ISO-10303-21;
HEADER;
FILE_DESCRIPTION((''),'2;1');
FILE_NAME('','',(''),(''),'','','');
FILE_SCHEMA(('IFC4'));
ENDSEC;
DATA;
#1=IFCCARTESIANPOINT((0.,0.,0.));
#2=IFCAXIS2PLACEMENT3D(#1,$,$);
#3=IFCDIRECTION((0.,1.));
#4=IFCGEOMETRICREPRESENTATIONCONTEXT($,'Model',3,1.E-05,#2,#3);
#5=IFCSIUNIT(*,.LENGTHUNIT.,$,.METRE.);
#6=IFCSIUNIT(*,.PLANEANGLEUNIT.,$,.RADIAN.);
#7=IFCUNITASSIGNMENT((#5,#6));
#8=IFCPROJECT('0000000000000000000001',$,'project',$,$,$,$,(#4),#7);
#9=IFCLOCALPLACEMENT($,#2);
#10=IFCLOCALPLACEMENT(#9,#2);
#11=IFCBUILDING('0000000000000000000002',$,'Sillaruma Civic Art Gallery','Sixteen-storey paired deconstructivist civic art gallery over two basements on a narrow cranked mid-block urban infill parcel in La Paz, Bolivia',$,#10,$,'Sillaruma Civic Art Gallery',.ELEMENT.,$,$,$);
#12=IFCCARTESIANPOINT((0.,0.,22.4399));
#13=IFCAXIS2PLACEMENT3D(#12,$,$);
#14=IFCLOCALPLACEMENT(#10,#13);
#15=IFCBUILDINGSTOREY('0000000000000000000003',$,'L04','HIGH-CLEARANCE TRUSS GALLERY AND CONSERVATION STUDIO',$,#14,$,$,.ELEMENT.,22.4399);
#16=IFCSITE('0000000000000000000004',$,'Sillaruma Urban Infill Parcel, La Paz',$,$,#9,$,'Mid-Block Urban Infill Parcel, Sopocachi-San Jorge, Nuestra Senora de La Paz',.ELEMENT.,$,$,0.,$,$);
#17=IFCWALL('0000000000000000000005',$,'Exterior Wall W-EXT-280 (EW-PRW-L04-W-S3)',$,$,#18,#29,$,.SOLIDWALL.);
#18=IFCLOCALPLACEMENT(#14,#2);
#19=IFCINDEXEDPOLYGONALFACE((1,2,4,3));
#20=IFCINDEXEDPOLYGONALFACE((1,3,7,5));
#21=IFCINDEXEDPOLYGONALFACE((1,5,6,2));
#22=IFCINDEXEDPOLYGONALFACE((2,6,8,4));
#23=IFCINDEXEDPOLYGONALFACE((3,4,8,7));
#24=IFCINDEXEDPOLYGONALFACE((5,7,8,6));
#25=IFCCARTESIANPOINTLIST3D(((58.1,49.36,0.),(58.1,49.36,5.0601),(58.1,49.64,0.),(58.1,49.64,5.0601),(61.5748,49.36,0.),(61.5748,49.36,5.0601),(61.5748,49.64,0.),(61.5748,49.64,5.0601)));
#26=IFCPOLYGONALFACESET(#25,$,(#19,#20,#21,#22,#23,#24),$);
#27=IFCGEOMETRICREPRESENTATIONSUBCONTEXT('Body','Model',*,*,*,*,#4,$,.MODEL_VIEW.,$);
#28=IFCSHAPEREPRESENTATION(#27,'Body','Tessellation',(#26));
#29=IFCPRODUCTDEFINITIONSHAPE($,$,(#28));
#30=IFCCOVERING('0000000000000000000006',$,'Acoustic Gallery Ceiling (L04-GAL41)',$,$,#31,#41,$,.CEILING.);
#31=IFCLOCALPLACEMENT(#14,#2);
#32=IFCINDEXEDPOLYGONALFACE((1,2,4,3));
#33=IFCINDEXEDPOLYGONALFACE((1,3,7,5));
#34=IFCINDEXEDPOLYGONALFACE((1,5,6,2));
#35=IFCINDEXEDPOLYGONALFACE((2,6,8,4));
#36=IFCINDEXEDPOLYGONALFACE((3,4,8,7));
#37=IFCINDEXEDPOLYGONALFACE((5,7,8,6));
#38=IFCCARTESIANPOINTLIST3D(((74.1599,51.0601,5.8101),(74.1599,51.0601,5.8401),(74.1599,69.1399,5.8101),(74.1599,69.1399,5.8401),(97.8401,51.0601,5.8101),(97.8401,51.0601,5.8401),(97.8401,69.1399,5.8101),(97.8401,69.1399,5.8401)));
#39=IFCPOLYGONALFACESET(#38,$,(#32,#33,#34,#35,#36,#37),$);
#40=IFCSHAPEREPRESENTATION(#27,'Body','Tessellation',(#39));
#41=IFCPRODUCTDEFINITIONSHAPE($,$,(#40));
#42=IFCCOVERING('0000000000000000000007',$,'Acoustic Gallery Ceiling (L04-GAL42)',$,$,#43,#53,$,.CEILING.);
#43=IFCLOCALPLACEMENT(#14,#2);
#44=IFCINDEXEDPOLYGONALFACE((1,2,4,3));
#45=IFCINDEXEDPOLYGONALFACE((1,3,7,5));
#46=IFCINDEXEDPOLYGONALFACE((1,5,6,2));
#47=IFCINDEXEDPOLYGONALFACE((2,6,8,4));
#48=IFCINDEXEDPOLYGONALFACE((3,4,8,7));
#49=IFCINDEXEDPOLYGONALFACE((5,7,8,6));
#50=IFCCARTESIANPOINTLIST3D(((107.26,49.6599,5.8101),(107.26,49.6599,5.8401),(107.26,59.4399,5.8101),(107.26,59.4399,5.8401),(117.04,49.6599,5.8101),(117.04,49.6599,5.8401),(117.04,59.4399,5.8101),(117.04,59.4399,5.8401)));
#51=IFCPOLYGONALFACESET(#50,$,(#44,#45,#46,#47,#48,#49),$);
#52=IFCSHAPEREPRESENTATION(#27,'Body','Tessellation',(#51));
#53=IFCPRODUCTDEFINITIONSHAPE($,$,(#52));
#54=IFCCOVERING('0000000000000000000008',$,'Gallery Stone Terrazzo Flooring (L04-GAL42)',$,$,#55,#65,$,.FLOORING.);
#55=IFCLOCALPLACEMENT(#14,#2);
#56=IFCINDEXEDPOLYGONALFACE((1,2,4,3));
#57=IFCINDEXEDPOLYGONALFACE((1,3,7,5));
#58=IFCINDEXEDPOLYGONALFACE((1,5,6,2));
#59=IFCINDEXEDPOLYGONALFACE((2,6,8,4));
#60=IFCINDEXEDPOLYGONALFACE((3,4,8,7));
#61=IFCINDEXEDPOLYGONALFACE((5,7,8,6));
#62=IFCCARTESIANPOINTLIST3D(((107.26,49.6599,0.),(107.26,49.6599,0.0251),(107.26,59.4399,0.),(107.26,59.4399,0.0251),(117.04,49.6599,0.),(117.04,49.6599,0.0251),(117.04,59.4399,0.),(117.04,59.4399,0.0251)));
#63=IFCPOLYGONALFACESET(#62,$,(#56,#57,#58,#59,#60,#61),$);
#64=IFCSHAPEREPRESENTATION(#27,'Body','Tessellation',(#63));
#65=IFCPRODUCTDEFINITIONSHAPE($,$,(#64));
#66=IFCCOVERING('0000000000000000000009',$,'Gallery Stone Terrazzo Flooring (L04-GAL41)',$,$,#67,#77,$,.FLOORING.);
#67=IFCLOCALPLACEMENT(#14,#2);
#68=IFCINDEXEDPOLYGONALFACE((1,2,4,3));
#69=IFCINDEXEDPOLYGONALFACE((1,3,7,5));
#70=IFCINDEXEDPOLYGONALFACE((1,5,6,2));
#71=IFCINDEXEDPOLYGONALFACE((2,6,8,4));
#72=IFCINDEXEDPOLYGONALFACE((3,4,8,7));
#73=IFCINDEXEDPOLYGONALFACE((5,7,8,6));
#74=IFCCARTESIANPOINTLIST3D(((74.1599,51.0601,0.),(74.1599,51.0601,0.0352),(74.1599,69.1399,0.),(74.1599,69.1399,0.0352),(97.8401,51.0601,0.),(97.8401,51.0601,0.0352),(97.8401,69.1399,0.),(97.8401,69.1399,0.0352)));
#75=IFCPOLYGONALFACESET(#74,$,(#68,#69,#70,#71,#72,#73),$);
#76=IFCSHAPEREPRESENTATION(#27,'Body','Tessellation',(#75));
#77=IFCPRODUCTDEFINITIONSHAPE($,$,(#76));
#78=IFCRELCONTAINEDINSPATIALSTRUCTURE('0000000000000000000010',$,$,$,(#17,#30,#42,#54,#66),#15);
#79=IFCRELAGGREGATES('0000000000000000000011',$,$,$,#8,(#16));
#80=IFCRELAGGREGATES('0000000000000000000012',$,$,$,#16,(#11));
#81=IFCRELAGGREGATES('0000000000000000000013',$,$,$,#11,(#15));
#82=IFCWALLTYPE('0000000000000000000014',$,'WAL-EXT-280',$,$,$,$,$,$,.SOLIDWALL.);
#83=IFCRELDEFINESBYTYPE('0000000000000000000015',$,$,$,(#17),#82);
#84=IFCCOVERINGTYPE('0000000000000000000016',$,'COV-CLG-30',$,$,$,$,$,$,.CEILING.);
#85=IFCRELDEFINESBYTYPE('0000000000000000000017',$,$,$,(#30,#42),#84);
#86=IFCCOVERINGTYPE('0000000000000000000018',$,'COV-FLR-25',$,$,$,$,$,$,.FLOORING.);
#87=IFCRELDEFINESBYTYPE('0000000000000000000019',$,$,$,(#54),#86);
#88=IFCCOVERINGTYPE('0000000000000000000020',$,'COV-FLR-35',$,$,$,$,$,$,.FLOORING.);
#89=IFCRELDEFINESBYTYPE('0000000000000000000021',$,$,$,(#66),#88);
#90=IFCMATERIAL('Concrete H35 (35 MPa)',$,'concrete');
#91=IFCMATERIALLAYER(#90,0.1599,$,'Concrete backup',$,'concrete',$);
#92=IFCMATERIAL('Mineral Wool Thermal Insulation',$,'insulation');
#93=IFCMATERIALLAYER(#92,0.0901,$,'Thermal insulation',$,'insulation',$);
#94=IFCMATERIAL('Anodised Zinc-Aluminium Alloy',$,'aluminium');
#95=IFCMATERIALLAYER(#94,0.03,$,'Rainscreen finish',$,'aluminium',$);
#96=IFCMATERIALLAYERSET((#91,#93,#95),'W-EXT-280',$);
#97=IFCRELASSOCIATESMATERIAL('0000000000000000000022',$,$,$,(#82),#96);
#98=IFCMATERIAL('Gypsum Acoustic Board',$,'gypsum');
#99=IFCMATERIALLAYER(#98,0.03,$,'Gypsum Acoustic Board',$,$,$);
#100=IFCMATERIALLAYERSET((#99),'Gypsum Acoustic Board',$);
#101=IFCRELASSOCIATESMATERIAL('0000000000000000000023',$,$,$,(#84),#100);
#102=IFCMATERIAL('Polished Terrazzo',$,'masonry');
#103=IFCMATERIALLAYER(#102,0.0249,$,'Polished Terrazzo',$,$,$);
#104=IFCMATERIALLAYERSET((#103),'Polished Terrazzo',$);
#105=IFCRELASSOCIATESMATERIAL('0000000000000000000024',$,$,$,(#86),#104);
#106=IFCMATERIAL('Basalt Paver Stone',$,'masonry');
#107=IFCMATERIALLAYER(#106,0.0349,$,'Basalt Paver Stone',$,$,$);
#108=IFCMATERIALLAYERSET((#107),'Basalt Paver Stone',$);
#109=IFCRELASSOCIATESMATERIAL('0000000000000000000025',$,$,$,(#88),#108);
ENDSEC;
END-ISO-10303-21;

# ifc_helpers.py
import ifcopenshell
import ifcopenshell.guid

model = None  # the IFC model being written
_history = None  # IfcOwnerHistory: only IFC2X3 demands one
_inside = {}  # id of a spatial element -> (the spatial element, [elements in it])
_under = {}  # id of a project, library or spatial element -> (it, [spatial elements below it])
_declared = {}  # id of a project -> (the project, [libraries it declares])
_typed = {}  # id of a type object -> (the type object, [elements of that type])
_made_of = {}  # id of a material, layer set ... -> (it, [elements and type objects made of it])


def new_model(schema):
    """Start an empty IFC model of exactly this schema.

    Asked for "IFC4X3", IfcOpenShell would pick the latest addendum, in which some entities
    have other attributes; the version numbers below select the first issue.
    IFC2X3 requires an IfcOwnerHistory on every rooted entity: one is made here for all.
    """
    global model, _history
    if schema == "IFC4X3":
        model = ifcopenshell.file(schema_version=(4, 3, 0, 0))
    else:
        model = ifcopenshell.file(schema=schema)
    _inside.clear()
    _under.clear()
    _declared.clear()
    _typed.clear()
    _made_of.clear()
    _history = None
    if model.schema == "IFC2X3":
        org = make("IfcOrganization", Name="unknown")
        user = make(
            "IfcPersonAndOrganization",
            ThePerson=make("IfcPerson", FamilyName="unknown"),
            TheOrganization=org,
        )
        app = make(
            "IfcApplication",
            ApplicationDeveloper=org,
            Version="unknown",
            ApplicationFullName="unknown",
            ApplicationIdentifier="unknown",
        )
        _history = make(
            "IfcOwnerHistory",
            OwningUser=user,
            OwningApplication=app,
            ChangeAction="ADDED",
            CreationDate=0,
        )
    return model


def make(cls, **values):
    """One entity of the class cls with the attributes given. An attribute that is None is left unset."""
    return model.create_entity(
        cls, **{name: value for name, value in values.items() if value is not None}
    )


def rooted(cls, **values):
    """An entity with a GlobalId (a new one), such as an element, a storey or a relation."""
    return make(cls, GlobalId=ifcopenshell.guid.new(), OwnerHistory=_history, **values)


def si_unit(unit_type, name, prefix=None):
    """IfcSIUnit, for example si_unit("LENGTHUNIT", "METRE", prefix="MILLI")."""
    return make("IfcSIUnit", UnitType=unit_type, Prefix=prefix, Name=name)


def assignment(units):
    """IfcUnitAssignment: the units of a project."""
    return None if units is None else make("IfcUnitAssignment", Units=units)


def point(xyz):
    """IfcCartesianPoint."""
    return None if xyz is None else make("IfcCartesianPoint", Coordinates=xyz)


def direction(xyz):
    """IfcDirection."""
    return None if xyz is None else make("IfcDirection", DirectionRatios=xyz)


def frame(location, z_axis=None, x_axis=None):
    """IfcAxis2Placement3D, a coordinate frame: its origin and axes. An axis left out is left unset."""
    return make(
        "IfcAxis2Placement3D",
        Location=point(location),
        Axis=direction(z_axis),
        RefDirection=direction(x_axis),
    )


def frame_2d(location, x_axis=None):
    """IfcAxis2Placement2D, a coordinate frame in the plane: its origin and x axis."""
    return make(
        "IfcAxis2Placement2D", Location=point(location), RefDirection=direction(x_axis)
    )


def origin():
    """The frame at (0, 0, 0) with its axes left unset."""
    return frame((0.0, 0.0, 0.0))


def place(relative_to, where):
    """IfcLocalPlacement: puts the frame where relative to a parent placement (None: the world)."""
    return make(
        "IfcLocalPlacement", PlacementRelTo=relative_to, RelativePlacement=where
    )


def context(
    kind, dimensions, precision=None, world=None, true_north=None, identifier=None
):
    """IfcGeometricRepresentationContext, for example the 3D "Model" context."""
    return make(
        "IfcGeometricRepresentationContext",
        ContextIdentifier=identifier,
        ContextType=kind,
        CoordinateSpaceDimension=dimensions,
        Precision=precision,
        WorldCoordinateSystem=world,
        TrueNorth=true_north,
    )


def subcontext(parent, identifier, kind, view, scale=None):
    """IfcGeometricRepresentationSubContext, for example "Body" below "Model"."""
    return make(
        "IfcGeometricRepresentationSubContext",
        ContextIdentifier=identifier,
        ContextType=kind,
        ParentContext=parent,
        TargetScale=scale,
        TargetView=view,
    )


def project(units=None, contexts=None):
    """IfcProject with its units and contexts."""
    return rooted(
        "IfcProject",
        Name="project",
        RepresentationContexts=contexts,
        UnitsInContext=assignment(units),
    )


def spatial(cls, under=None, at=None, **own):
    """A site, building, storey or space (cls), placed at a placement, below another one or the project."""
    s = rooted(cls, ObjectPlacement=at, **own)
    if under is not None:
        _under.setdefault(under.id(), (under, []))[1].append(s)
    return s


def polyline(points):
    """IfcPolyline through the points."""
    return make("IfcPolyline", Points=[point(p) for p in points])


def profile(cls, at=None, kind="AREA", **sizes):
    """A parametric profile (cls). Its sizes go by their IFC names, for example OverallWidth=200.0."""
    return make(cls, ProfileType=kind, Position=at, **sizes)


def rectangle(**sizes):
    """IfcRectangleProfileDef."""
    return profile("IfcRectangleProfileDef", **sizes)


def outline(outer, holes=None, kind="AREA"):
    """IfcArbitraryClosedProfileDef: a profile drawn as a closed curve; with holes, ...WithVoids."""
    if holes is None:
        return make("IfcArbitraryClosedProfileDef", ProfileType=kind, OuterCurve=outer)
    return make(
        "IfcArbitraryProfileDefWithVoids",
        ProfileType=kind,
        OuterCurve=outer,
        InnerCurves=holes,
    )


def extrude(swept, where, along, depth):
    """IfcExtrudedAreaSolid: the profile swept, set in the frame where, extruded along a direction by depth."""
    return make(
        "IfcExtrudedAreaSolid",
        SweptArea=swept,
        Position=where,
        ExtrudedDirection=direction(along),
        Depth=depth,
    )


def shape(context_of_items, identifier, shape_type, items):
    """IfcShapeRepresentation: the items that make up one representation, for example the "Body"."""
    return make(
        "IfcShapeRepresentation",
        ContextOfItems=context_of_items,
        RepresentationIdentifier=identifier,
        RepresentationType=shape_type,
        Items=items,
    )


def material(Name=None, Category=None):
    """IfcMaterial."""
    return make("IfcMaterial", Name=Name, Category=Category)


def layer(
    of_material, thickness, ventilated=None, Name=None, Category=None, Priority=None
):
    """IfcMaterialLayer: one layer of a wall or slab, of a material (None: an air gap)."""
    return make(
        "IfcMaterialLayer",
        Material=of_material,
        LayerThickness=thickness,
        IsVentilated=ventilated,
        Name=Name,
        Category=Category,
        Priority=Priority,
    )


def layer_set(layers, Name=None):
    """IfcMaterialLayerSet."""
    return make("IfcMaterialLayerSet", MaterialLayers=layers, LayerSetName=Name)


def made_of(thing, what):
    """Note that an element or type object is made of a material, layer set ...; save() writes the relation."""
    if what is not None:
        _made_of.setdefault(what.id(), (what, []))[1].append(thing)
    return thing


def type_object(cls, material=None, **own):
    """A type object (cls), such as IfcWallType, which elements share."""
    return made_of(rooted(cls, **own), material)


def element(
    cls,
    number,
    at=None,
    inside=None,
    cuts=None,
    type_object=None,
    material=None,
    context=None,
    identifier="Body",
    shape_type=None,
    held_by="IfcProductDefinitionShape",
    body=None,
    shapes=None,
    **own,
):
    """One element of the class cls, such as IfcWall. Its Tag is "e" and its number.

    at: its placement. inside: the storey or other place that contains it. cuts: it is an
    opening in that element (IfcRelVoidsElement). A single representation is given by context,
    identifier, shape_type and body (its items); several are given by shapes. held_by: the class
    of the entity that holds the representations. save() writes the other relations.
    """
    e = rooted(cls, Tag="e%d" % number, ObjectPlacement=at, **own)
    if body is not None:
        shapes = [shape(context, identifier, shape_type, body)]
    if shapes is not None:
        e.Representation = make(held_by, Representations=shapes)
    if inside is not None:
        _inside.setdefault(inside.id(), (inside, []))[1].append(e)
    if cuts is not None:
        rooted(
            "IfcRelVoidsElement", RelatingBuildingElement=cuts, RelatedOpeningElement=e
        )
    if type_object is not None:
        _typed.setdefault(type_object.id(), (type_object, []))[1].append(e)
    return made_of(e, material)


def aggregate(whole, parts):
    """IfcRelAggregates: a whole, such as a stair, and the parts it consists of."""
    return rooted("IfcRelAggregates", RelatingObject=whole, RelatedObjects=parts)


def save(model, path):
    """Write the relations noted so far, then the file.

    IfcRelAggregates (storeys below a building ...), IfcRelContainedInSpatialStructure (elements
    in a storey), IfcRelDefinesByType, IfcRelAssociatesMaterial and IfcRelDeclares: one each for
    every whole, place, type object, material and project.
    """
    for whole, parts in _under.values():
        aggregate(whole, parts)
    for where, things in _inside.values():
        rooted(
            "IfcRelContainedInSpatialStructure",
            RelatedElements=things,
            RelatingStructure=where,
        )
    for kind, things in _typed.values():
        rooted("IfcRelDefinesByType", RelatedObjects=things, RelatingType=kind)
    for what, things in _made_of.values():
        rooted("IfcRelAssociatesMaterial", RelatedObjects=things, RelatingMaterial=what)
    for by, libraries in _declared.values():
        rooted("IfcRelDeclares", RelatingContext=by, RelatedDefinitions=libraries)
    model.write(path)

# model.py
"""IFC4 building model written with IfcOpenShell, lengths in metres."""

from ifc_helpers import new_model, si_unit, direction, frame, frame_2d, origin, place, context, subcontext, project, spatial, polyline, rectangle, outline, extrude, material, layer, layer_set, type_object, element, save


model = new_model("IFC4")

# Units and contexts
model_context = context("Model", 3, precision=1e-05, world=origin(), true_north=direction((0.0, 1.0)))
body_context = subcontext(model_context, "Body", "Model", "MODEL_VIEW")
ifc_project = project(units=[si_unit("LENGTHUNIT", "METRE"), si_unit("PLANEANGLEUNIT", "RADIAN")], contexts=[model_context])

# Site, building, storey
site_placement = place(None, origin())
site = spatial("IfcSite", under=ifc_project, at=site_placement, Name="Sillaruma Urban Infill Parcel, La Paz", LongName="Mid-Block Urban Infill Parcel, Sopocachi-San Jorge, Nuestra Senora de La Paz", CompositionType="ELEMENT", RefElevation=0.0)
building_placement = place(site_placement, origin())
building = spatial("IfcBuilding", under=site, at=building_placement, Name="Sillaruma Civic Art Gallery", Description="Sixteen-storey paired deconstructivist civic art gallery over two basements on a narrow cranked mid-block urban infill parcel in La Paz, Bolivia", LongName="Sillaruma Civic Art Gallery", CompositionType="ELEMENT")
storey_placement = place(building_placement, frame((0.0, 0.0, 22.4399)))
storey = spatial("IfcBuildingStorey", under=building, at=storey_placement, Name="L04", Description="HIGH-CLEARANCE TRUSS GALLERY AND CONSERVATION STUDIO", CompositionType="ELEMENT", Elevation=22.4399)

# Shared definitions
ifc_material_1 = material(Name="Concrete H35 (35 MPa)", Category="concrete")

# Shared definitions
ifc_material_2 = material(Name="Anodised Zinc-Aluminium Alloy", Category="aluminium")

# Wall
ifc_layer_1 = layer(ifc_material_1, 0.1599, Name="Concrete backup", Category="concrete")
ifc_material_3 = material(Name="Mineral Wool Thermal Insulation", Category="insulation")
ifc_layer_2 = layer(ifc_material_3, 0.0901, Name="Thermal insulation", Category="insulation")
ifc_layer_3 = layer(ifc_material_2, 0.03, Name="Rainscreen finish", Category="aluminium")
ifc_layer_set_1 = layer_set([ifc_layer_1, ifc_layer_2, ifc_layer_3], Name="W-EXT-280")
wall_type = type_object("IfcWallType", Name="WAL-EXT-280", PredefinedType="SOLIDWALL", material=ifc_layer_set_1)
wall_placement = place(storey_placement, frame((58.1001, 49.5, 0.0), z_axis=(0.0, 0.0, 1.0), x_axis=(1.0, 0.0, 0.0)))
element("IfcWall", 1, at=wall_placement, inside=storey, type_object=wall_type, Name="Exterior Wall W-EXT-280 (EW-PRW-L04-W-S3)", PredefinedType="SOLIDWALL", context=body_context, shape_type="SweptSolid", body=[
    extrude(rectangle(XDim=3.4749, YDim=0.28, at=frame_2d((1.7373, 0.0))), origin(), (0.0, 0.0, 1.0), 5.0601),
])

# Coverings
ifc_material_4 = material(Name="Gypsum Acoustic Board", Category="gypsum")
ifc_layer_4 = layer(ifc_material_4, 0.03, Name="Gypsum Acoustic Board")
ifc_layer_set_2 = layer_set([ifc_layer_4], Name="Gypsum Acoustic Board")
covering_type_1 = type_object("IfcCoveringType", Name="COV-CLG-30", PredefinedType="CEILING", material=ifc_layer_set_2)
covering_1_placement = place(storey_placement, frame((0.0, 0.0, 5.8101)))
element("IfcCovering", 2, at=covering_1_placement, inside=storey, type_object=covering_type_1, Name="Acoustic Gallery Ceiling (L04-GAL41)", PredefinedType="CEILING", context=body_context, shape_type="SweptSolid", body=[
    extrude(outline(polyline([(74.1599, 51.0601), (97.8401, 51.0601), (97.8401, 69.1399), (74.1599, 69.1399), (74.1599, 51.0601)])), origin(), (0.0, 0.0, 1.0), 0.03),
])
covering_2_placement = place(storey_placement, frame((0.0, 0.0, 5.8101)))
element("IfcCovering", 3, at=covering_2_placement, inside=storey, type_object=covering_type_1, Name="Acoustic Gallery Ceiling (L04-GAL42)", PredefinedType="CEILING", context=body_context, shape_type="SweptSolid", body=[
    extrude(outline(polyline([(107.26, 49.6599), (117.04, 49.6599), (117.04, 59.4399), (107.26, 59.4399), (107.26, 49.6599)])), origin(), (0.0, 0.0, 1.0), 0.03),
])
ifc_material_5 = material(Name="Polished Terrazzo", Category="masonry")
ifc_layer_5 = layer(ifc_material_5, 0.0249, Name="Polished Terrazzo")
ifc_layer_set_3 = layer_set([ifc_layer_5], Name="Polished Terrazzo")
covering_type_2 = type_object("IfcCoveringType", Name="COV-FLR-25", PredefinedType="FLOORING", material=ifc_layer_set_3)
covering_3_placement = place(storey_placement, origin())
element("IfcCovering", 4, at=covering_3_placement, inside=storey, type_object=covering_type_2, Name="Gallery Stone Terrazzo Flooring (L04-GAL42)", PredefinedType="FLOORING", context=body_context, shape_type="SweptSolid", body=[
    extrude(outline(polyline([(107.26, 49.6599), (117.04, 49.6599), (117.04, 59.4399), (107.26, 59.4399), (107.26, 49.6599)])), origin(), (0.0, 0.0, 1.0), 0.0251),
])
ifc_material_6 = material(Name="Basalt Paver Stone", Category="masonry")
ifc_layer_6 = layer(ifc_material_6, 0.0349, Name="Basalt Paver Stone")
ifc_layer_set_4 = layer_set([ifc_layer_6], Name="Basalt Paver Stone")
covering_type_3 = type_object("IfcCoveringType", Name="COV-FLR-35", PredefinedType="FLOORING", material=ifc_layer_set_4)
covering_4_placement = place(storey_placement, origin())
element("IfcCovering", 5, at=covering_4_placement, inside=storey, type_object=covering_type_3, Name="Gallery Stone Terrazzo Flooring (L04-GAL41)", PredefinedType="FLOORING", context=body_context, shape_type="SweptSolid", body=[
    extrude(outline(polyline([(74.1599, 51.0601), (97.8401, 51.0601), (97.8401, 69.1399), (74.1599, 69.1399), (74.1599, 51.0601)])), origin(), (0.0, 0.0, 1.0), 0.0352),
])

save(model, "model.ifc")
